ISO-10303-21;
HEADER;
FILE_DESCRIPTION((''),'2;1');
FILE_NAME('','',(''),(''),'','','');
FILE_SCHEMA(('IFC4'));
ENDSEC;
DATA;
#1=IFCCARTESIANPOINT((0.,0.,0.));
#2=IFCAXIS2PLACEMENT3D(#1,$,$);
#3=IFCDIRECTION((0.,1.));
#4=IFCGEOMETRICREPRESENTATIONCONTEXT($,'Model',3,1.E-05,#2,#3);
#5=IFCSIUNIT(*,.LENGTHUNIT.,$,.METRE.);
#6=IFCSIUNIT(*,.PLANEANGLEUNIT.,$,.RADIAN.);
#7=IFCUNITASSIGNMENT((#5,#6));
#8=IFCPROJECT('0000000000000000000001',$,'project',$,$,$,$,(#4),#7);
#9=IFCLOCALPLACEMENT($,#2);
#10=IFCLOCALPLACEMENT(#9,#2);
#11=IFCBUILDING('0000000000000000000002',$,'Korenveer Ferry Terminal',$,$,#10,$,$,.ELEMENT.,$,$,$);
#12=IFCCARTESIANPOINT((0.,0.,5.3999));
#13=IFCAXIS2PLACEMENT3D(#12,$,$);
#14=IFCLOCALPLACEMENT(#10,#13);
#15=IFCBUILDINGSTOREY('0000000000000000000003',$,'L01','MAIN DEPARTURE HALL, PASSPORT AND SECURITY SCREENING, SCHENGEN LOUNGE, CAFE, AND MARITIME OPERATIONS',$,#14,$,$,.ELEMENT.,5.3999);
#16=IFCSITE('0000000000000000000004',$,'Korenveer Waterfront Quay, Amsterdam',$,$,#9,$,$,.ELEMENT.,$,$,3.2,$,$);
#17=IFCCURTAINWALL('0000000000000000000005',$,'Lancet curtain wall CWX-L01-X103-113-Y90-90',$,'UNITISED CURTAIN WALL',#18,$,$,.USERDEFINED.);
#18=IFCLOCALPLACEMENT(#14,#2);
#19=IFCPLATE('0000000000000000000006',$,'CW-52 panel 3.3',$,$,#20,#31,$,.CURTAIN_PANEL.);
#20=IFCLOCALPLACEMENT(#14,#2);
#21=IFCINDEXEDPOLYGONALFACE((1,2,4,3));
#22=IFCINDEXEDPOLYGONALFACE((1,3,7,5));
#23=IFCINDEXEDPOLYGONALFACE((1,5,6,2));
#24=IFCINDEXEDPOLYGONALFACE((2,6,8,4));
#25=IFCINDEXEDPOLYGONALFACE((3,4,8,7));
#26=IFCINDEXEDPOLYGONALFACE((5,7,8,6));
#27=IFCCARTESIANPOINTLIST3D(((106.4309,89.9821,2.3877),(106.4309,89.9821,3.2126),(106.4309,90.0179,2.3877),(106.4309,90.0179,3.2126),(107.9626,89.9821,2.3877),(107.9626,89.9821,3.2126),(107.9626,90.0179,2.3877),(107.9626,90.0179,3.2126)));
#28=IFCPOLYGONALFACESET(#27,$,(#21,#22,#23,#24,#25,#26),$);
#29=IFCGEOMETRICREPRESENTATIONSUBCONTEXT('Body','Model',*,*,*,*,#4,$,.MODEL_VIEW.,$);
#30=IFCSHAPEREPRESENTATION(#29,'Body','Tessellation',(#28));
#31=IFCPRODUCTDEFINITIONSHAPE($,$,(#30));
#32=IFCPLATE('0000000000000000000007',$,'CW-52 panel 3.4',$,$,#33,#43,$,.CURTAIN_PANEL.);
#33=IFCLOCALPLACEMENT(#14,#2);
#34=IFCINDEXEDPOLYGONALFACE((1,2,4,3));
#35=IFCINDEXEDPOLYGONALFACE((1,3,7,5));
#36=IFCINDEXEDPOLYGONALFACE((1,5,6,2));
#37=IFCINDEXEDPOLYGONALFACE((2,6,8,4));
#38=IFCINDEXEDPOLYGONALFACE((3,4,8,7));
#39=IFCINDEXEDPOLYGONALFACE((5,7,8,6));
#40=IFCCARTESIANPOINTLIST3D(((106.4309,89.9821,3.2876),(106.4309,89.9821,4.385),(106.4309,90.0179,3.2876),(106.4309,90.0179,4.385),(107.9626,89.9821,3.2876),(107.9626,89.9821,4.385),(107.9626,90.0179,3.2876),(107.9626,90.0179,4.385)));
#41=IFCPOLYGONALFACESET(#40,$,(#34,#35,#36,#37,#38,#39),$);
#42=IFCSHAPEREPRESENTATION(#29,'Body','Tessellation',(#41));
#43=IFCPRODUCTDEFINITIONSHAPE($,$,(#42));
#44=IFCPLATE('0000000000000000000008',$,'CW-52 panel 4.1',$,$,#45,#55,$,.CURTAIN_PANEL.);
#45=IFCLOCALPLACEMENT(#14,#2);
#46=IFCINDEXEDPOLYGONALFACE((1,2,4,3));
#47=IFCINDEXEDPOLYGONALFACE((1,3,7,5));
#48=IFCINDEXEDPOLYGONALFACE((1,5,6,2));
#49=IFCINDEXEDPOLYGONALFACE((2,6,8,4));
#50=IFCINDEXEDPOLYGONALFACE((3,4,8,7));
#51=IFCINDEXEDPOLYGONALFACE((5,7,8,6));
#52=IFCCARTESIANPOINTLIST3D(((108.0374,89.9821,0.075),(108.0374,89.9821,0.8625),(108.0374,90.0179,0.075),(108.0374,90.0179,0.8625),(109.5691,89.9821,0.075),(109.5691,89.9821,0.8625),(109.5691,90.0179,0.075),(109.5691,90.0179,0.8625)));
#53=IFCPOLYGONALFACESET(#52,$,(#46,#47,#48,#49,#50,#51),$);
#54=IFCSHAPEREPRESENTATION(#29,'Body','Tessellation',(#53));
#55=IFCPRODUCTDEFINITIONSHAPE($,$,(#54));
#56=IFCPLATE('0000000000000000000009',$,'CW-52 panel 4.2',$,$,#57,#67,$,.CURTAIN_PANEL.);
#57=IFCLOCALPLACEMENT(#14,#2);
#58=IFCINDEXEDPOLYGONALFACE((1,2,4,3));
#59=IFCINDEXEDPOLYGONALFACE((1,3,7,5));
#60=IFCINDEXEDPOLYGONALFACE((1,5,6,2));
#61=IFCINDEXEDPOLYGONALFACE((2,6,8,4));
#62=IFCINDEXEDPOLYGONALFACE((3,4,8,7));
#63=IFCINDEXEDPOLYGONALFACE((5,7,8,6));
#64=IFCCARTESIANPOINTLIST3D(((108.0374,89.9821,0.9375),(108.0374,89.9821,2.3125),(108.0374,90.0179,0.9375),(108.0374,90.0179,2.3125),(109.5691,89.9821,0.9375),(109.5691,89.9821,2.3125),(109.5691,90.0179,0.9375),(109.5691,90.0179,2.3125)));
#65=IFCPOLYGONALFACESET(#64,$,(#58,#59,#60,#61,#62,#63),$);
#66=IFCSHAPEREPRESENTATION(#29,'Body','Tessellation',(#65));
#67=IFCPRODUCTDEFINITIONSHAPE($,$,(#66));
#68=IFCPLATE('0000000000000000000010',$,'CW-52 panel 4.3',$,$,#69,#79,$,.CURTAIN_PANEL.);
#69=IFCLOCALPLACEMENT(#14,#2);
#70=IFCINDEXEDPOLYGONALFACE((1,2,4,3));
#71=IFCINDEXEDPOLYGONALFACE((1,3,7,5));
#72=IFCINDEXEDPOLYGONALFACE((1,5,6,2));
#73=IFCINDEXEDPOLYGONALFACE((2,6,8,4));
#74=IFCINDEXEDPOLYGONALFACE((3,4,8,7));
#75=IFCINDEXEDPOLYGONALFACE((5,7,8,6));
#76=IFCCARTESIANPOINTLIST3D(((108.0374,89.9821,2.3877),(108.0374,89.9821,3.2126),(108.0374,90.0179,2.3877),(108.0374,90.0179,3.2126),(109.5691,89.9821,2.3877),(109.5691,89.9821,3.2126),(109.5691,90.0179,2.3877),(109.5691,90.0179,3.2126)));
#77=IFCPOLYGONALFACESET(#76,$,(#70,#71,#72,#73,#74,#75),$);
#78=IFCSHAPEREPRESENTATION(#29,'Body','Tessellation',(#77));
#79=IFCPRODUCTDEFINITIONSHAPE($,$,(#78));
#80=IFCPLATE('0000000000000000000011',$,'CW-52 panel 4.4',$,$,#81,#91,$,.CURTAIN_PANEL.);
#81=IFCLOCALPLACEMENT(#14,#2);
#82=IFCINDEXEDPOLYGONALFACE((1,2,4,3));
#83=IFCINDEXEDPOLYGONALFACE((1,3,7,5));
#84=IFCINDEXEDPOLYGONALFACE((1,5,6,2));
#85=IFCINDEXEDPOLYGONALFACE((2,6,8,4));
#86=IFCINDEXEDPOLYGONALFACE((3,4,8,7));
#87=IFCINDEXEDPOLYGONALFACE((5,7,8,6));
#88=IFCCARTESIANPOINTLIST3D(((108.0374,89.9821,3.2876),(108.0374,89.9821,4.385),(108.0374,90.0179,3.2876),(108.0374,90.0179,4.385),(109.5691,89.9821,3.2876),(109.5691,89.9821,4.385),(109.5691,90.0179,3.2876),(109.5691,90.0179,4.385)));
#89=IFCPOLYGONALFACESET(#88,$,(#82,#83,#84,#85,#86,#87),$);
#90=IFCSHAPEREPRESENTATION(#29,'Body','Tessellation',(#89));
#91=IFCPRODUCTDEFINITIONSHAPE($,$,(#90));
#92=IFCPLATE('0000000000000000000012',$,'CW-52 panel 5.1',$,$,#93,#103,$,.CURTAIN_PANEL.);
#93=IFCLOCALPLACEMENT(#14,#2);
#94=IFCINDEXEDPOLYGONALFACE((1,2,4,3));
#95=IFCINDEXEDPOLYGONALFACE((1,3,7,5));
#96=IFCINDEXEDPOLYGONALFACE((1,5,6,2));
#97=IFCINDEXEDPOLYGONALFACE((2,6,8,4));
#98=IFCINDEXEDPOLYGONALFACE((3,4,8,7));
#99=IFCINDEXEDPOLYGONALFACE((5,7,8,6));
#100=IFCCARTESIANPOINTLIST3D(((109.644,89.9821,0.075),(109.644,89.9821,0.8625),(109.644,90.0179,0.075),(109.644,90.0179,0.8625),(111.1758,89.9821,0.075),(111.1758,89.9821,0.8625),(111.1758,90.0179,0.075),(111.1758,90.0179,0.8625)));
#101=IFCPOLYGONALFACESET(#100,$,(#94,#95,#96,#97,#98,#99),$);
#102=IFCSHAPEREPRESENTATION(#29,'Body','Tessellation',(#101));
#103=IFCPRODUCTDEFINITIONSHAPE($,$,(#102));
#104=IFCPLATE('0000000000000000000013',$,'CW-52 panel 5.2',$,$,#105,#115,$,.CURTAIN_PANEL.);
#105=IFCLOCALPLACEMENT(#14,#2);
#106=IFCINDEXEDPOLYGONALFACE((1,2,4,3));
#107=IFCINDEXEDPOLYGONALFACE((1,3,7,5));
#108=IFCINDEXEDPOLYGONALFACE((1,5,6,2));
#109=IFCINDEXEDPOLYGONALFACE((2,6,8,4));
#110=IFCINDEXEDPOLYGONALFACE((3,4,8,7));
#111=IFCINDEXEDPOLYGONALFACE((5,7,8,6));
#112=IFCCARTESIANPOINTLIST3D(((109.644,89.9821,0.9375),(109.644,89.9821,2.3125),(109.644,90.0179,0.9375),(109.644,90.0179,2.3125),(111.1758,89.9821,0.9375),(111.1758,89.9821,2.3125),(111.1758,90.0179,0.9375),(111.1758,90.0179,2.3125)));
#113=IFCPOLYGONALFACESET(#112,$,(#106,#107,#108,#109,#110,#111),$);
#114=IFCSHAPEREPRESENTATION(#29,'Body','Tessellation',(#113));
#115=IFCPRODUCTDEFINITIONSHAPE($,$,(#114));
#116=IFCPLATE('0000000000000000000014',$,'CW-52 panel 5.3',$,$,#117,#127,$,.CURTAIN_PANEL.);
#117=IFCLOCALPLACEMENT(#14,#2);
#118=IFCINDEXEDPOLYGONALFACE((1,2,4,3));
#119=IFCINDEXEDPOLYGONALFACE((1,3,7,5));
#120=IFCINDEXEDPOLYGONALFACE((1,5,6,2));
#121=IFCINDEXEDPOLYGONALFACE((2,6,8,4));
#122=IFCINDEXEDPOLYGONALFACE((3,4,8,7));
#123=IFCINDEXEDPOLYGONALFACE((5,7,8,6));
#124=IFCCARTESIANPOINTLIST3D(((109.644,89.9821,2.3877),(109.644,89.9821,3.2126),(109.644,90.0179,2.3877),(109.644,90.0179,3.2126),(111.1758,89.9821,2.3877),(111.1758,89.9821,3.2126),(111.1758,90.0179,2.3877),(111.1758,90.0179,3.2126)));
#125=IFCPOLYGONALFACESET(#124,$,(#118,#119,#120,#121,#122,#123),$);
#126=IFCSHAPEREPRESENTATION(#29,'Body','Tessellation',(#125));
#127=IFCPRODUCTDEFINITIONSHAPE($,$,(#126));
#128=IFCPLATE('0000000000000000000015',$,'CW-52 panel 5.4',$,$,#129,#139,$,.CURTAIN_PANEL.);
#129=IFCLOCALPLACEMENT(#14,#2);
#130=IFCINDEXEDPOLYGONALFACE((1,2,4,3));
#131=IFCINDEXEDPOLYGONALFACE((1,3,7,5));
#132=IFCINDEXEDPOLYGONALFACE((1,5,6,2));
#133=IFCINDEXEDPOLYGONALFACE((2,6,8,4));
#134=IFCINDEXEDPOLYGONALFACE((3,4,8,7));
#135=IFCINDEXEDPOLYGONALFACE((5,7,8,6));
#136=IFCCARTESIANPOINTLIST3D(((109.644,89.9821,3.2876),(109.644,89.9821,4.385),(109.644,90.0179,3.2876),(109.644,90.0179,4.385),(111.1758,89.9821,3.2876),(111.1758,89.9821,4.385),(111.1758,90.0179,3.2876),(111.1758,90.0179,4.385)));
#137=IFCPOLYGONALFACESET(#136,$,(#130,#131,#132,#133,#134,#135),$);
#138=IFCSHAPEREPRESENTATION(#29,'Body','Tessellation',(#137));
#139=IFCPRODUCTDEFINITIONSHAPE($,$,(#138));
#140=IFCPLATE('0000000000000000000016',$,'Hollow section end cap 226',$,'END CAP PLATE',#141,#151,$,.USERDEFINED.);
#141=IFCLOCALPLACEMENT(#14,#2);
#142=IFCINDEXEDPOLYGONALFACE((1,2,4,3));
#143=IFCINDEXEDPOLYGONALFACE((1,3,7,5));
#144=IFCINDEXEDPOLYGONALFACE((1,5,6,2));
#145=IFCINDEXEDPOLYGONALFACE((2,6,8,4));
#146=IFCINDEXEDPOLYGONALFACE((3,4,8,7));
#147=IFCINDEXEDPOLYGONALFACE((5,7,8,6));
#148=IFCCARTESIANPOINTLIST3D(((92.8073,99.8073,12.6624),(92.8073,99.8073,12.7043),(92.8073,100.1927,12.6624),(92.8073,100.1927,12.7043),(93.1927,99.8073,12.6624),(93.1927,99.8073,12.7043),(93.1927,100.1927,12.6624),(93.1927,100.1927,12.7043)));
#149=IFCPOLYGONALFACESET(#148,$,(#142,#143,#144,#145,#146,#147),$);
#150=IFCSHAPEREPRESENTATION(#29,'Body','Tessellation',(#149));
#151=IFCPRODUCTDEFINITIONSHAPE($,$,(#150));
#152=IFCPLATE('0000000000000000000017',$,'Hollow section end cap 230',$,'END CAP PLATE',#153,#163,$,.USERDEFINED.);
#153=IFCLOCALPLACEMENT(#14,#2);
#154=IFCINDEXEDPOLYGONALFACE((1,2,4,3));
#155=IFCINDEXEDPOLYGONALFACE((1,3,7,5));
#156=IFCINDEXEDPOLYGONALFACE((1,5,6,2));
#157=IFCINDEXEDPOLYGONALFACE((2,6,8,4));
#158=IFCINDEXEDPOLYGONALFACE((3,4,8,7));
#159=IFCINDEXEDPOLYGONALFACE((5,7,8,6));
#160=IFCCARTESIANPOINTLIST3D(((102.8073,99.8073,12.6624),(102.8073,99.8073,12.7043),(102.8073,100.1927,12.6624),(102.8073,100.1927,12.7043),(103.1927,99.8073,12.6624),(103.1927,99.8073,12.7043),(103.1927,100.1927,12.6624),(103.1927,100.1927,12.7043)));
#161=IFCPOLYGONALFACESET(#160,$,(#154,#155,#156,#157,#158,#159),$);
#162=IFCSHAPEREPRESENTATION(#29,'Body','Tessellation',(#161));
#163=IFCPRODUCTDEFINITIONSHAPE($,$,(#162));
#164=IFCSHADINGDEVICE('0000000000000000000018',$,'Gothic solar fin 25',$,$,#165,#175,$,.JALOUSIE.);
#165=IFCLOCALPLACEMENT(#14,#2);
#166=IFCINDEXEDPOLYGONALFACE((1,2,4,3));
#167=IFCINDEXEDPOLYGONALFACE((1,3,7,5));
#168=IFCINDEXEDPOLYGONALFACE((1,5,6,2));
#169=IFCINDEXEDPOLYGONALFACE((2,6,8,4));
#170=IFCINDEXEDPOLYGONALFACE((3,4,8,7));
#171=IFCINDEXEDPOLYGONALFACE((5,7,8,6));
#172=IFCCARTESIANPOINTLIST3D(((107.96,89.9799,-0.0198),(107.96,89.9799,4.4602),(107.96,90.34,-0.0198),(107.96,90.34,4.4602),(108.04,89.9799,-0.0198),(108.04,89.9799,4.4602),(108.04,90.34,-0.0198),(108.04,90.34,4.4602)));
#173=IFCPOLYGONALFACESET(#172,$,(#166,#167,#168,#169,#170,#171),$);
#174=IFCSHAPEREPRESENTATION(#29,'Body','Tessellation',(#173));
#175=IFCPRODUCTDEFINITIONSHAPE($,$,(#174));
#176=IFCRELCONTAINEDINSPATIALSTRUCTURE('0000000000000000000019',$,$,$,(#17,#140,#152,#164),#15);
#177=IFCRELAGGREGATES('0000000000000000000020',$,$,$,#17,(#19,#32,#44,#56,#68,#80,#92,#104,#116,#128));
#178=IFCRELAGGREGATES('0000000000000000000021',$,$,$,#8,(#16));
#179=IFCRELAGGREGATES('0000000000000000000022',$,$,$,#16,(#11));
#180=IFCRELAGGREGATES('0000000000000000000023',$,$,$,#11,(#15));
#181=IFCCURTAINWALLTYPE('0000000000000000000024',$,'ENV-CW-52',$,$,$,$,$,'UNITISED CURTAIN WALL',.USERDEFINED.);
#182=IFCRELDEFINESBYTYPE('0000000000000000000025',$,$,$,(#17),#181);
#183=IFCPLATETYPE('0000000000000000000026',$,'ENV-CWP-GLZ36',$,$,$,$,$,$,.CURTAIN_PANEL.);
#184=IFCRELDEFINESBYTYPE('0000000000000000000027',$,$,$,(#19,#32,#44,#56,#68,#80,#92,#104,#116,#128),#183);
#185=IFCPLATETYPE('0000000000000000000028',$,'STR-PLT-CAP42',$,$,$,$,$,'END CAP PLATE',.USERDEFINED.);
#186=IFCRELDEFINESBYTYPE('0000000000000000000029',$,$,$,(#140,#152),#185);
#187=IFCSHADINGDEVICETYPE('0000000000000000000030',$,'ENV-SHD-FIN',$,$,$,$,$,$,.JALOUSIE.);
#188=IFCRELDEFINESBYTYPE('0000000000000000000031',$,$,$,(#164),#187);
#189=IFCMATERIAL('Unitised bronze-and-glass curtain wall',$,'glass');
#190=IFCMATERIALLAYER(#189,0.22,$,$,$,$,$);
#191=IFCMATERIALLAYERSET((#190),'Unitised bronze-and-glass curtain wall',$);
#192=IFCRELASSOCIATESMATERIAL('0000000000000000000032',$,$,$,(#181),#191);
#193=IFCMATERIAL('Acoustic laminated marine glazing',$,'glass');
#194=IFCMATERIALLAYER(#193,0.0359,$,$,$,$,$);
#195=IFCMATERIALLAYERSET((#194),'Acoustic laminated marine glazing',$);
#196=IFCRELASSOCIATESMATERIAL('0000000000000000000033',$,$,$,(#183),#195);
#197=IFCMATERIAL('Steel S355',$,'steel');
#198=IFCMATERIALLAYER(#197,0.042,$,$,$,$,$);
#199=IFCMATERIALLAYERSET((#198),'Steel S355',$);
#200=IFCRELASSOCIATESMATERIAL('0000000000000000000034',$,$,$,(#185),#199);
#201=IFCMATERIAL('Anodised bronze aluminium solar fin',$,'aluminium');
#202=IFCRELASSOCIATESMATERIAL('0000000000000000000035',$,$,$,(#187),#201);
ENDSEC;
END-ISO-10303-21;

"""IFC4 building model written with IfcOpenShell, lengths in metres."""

from ifc_helpers import new_model, si_unit, direction, frame, origin, origin_2d, place, context, subcontext, project, spatial, rectangle, extrude, material, layer, layer_set, type_object, element, aggregate, save


model = new_model("IFC4")

# Units and contexts
model_context = context("Model", 3, precision=1e-05, world=origin(), true_north=direction((0.0, 1.0)))
body_context = subcontext(model_context, "Body", "Model", "MODEL_VIEW")
ifc_project = project(units=[si_unit("LENGTHUNIT", "METRE"), si_unit("PLANEANGLEUNIT", "RADIAN")], contexts=[model_context])

# Site, building, storey
site_placement = place(None, origin())
site = spatial("IfcSite", under=ifc_project, at=site_placement, Name="Korenveer Waterfront Quay, Amsterdam", CompositionType="ELEMENT", RefElevation=3.2)
building_placement = place(site_placement, origin())
building = spatial("IfcBuilding", under=site, at=building_placement, Name="Korenveer Ferry Terminal", CompositionType="ELEMENT")
storey_placement = place(building_placement, frame((0.0, 0.0, 5.3999)))
storey = spatial("IfcBuildingStorey", under=building, at=storey_placement, Name="L01", Description="MAIN DEPARTURE HALL, PASSPORT AND SECURITY SCREENING, SCHENGEN LOUNGE, CAFE, AND MARITIME OPERATIONS", CompositionType="ELEMENT", Elevation=5.3999)

# Shared definitions
ifc_material_1 = material(Name="Steel S355", Category="steel")

# Curtain wall, plates
ifc_material_2 = material(Name="Unitised bronze-and-glass curtain wall", Category="glass")
ifc_layer_1 = layer(ifc_material_2, 0.22)
ifc_layer_set_1 = layer_set([ifc_layer_1], Name="Unitised bronze-and-glass curtain wall")
curtain_wall_type = type_object("IfcCurtainWallType", Name="ENV-CW-52", ElementType="UNITISED CURTAIN WALL", PredefinedType="USERDEFINED", material=ifc_layer_set_1)
curtain_wall_placement = place(storey_placement, frame((103.1799, 90.0, 0.0)))
curtain_wall = element("IfcCurtainWall", 1, at=curtain_wall_placement, inside=storey, type_object=curtain_wall_type, Name="Lancet curtain wall CWX-L01-X103-113-Y90-90", ObjectType="UNITISED CURTAIN WALL", PredefinedType="USERDEFINED")
ifc_material_3 = material(Name="Acoustic laminated marine glazing", Category="glass")
ifc_layer_2 = layer(ifc_material_3, 0.0359)
ifc_layer_set_2 = layer_set([ifc_layer_2], Name="Acoustic laminated marine glazing")
plate_type_1 = type_object("IfcPlateType", Name="ENV-CWP-GLZ36", PredefinedType="CURTAIN_PANEL", material=ifc_layer_set_2)
plate_1_placement = place(storey_placement, frame((107.1968, 90.0, 2.3877), z_axis=(0.0, 0.0, 1.0), x_axis=(1.0, 0.0, 0.0)))
plate_1 = element("IfcPlate", 2, at=plate_1_placement, type_object=plate_type_1, Name="CW-52 panel 3.3", PredefinedType="CURTAIN_PANEL", context=body_context, shape_type="SweptSolid", body=[
    extrude(rectangle(XDim=1.5317, YDim=0.0359, at=origin_2d()), origin(), (0.0, 0.0, 1.0), 0.825),
])
plate_2_placement = place(storey_placement, frame((107.1968, 90.0, 3.2876), z_axis=(0.0, 0.0, 1.0), x_axis=(1.0, 0.0, 0.0)))
plate_2 = element("IfcPlate", 3, at=plate_2_placement, type_object=plate_type_1, Name="CW-52 panel 3.4", PredefinedType="CURTAIN_PANEL", context=body_context, shape_type="SweptSolid", body=[
    extrude(rectangle(XDim=1.5317, YDim=0.0359, at=origin_2d()), origin(), (0.0, 0.0, 1.0), 1.0974),
])
plate_3_placement = place(storey_placement, frame((108.8032, 90.0, 0.075), z_axis=(0.0, 0.0, 1.0), x_axis=(1.0, 0.0, 0.0)))
plate_3 = element("IfcPlate", 4, at=plate_3_placement, type_object=plate_type_1, Name="CW-52 panel 4.1", PredefinedType="CURTAIN_PANEL", context=body_context, shape_type="SweptSolid", body=[
    extrude(rectangle(XDim=1.5317, YDim=0.0359, at=origin_2d()), origin(), (0.0, 0.0, 1.0), 0.7876),
])
plate_4_placement = place(storey_placement, frame((108.8032, 90.0, 0.9375), z_axis=(0.0, 0.0, 1.0), x_axis=(1.0, 0.0, 0.0)))
plate_4 = element("IfcPlate", 5, at=plate_4_placement, type_object=plate_type_1, Name="CW-52 panel 4.2", PredefinedType="CURTAIN_PANEL", context=body_context, shape_type="SweptSolid", body=[
    extrude(rectangle(XDim=1.5317, YDim=0.0359, at=origin_2d()), origin(), (0.0, 0.0, 1.0), 1.375),
])
plate_5_placement = place(storey_placement, frame((108.8032, 90.0, 2.3877), z_axis=(0.0, 0.0, 1.0), x_axis=(1.0, 0.0, 0.0)))
plate_5 = element("IfcPlate", 6, at=plate_5_placement, type_object=plate_type_1, Name="CW-52 panel 4.3", PredefinedType="CURTAIN_PANEL", context=body_context, shape_type="SweptSolid", body=[
    extrude(rectangle(XDim=1.5317, YDim=0.0359, at=origin_2d()), origin(), (0.0, 0.0, 1.0), 0.825),
])
plate_6_placement = place(storey_placement, frame((108.8032, 90.0, 3.2876), z_axis=(0.0, 0.0, 1.0), x_axis=(1.0, 0.0, 0.0)))
plate_6 = element("IfcPlate", 7, at=plate_6_placement, type_object=plate_type_1, Name="CW-52 panel 4.4", PredefinedType="CURTAIN_PANEL", context=body_context, shape_type="SweptSolid", body=[
    extrude(rectangle(XDim=1.5317, YDim=0.0359, at=origin_2d()), origin(), (0.0, 0.0, 1.0), 1.0974),
])
plate_7_placement = place(storey_placement, frame((110.4099, 90.0, 0.075), z_axis=(0.0, 0.0, 1.0), x_axis=(1.0, 0.0, 0.0)))
plate_7 = element("IfcPlate", 8, at=plate_7_placement, type_object=plate_type_1, Name="CW-52 panel 5.1", PredefinedType="CURTAIN_PANEL", context=body_context, shape_type="SweptSolid", body=[
    extrude(rectangle(XDim=1.5317, YDim=0.0359, at=origin_2d()), origin(), (0.0, 0.0, 1.0), 0.7876),
])
plate_8_placement = place(storey_placement, frame((110.4099, 90.0, 0.9375), z_axis=(0.0, 0.0, 1.0), x_axis=(1.0, 0.0, 0.0)))
plate_8 = element("IfcPlate", 9, at=plate_8_placement, type_object=plate_type_1, Name="CW-52 panel 5.2", PredefinedType="CURTAIN_PANEL", context=body_context, shape_type="SweptSolid", body=[
    extrude(rectangle(XDim=1.5317, YDim=0.0359, at=origin_2d()), origin(), (0.0, 0.0, 1.0), 1.375),
])
plate_9_placement = place(storey_placement, frame((110.4099, 90.0, 2.3877), z_axis=(0.0, 0.0, 1.0), x_axis=(1.0, 0.0, 0.0)))
plate_9 = element("IfcPlate", 10, at=plate_9_placement, type_object=plate_type_1, Name="CW-52 panel 5.3", PredefinedType="CURTAIN_PANEL", context=body_context, shape_type="SweptSolid", body=[
    extrude(rectangle(XDim=1.5317, YDim=0.0359, at=origin_2d()), origin(), (0.0, 0.0, 1.0), 0.825),
])
plate_10_placement = place(storey_placement, frame((110.4099, 90.0, 3.2876), z_axis=(0.0, 0.0, 1.0), x_axis=(1.0, 0.0, 0.0)))
plate_10 = element("IfcPlate", 11, at=plate_10_placement, type_object=plate_type_1, Name="CW-52 panel 5.4", PredefinedType="CURTAIN_PANEL", context=body_context, shape_type="SweptSolid", body=[
    extrude(rectangle(XDim=1.5317, YDim=0.0359, at=origin_2d()), origin(), (0.0, 0.0, 1.0), 1.0974),
])
aggregate(curtain_wall, [plate_1, plate_2, plate_3, plate_4, plate_5, plate_6, plate_7, plate_8, plate_9, plate_10])

# Plates
ifc_layer_3 = layer(ifc_material_1, 0.042)
ifc_layer_set_3 = layer_set([ifc_layer_3], Name="Steel S355")
plate_type_2 = type_object("IfcPlateType", Name="STR-PLT-CAP42", ElementType="END CAP PLATE", PredefinedType="USERDEFINED", material=ifc_layer_set_3)
for number, where, z_axis, x_axis, name in (
    (12, (93.0, 100.0, 12.6624), (0.0, 0.0, 1.0), (1.0, 0.0, 0.0), "Hollow section end cap 226"),
    (13, (103.0, 100.0, 12.6624), (0.0, 0.0, 1.0), (1.0, 0.0, 0.0), "Hollow section end cap 230"),
):
    element("IfcPlate", number, at=place(storey_placement, frame(where, z_axis=z_axis, x_axis=x_axis)), inside=storey, type_object=plate_type_2, Name=name, ObjectType="END CAP PLATE", PredefinedType="USERDEFINED", context=body_context, shape_type="SweptSolid", body=[
        extrude(rectangle(XDim=0.3855, YDim=0.3855, at=origin_2d()), origin(), (0.0, 0.0, 1.0), 0.042),
    ])

# Shading device
ifc_material_4 = material(Name="Anodised bronze aluminium solar fin", Category="aluminium")
shading_device_type = type_object("IfcShadingDeviceType", Name="ENV-SHD-FIN", PredefinedType="JALOUSIE", material=ifc_material_4)
shading_device_placement = place(storey_placement, frame((108.0, 90.1599, -0.0198), z_axis=(0.0, 0.0, 1.0), x_axis=(0.0, 1.0, 0.0)))
element("IfcShadingDevice", 14, at=shading_device_placement, inside=storey, type_object=shading_device_type, Name="Gothic solar fin 25", PredefinedType="JALOUSIE", context=body_context, shape_type="SweptSolid", body=[
    extrude(rectangle(XDim=0.3601, YDim=0.0801, at=origin_2d()), origin(), (0.0, 0.0, 1.0), 4.48),
])

save(model, "model.ifc")
